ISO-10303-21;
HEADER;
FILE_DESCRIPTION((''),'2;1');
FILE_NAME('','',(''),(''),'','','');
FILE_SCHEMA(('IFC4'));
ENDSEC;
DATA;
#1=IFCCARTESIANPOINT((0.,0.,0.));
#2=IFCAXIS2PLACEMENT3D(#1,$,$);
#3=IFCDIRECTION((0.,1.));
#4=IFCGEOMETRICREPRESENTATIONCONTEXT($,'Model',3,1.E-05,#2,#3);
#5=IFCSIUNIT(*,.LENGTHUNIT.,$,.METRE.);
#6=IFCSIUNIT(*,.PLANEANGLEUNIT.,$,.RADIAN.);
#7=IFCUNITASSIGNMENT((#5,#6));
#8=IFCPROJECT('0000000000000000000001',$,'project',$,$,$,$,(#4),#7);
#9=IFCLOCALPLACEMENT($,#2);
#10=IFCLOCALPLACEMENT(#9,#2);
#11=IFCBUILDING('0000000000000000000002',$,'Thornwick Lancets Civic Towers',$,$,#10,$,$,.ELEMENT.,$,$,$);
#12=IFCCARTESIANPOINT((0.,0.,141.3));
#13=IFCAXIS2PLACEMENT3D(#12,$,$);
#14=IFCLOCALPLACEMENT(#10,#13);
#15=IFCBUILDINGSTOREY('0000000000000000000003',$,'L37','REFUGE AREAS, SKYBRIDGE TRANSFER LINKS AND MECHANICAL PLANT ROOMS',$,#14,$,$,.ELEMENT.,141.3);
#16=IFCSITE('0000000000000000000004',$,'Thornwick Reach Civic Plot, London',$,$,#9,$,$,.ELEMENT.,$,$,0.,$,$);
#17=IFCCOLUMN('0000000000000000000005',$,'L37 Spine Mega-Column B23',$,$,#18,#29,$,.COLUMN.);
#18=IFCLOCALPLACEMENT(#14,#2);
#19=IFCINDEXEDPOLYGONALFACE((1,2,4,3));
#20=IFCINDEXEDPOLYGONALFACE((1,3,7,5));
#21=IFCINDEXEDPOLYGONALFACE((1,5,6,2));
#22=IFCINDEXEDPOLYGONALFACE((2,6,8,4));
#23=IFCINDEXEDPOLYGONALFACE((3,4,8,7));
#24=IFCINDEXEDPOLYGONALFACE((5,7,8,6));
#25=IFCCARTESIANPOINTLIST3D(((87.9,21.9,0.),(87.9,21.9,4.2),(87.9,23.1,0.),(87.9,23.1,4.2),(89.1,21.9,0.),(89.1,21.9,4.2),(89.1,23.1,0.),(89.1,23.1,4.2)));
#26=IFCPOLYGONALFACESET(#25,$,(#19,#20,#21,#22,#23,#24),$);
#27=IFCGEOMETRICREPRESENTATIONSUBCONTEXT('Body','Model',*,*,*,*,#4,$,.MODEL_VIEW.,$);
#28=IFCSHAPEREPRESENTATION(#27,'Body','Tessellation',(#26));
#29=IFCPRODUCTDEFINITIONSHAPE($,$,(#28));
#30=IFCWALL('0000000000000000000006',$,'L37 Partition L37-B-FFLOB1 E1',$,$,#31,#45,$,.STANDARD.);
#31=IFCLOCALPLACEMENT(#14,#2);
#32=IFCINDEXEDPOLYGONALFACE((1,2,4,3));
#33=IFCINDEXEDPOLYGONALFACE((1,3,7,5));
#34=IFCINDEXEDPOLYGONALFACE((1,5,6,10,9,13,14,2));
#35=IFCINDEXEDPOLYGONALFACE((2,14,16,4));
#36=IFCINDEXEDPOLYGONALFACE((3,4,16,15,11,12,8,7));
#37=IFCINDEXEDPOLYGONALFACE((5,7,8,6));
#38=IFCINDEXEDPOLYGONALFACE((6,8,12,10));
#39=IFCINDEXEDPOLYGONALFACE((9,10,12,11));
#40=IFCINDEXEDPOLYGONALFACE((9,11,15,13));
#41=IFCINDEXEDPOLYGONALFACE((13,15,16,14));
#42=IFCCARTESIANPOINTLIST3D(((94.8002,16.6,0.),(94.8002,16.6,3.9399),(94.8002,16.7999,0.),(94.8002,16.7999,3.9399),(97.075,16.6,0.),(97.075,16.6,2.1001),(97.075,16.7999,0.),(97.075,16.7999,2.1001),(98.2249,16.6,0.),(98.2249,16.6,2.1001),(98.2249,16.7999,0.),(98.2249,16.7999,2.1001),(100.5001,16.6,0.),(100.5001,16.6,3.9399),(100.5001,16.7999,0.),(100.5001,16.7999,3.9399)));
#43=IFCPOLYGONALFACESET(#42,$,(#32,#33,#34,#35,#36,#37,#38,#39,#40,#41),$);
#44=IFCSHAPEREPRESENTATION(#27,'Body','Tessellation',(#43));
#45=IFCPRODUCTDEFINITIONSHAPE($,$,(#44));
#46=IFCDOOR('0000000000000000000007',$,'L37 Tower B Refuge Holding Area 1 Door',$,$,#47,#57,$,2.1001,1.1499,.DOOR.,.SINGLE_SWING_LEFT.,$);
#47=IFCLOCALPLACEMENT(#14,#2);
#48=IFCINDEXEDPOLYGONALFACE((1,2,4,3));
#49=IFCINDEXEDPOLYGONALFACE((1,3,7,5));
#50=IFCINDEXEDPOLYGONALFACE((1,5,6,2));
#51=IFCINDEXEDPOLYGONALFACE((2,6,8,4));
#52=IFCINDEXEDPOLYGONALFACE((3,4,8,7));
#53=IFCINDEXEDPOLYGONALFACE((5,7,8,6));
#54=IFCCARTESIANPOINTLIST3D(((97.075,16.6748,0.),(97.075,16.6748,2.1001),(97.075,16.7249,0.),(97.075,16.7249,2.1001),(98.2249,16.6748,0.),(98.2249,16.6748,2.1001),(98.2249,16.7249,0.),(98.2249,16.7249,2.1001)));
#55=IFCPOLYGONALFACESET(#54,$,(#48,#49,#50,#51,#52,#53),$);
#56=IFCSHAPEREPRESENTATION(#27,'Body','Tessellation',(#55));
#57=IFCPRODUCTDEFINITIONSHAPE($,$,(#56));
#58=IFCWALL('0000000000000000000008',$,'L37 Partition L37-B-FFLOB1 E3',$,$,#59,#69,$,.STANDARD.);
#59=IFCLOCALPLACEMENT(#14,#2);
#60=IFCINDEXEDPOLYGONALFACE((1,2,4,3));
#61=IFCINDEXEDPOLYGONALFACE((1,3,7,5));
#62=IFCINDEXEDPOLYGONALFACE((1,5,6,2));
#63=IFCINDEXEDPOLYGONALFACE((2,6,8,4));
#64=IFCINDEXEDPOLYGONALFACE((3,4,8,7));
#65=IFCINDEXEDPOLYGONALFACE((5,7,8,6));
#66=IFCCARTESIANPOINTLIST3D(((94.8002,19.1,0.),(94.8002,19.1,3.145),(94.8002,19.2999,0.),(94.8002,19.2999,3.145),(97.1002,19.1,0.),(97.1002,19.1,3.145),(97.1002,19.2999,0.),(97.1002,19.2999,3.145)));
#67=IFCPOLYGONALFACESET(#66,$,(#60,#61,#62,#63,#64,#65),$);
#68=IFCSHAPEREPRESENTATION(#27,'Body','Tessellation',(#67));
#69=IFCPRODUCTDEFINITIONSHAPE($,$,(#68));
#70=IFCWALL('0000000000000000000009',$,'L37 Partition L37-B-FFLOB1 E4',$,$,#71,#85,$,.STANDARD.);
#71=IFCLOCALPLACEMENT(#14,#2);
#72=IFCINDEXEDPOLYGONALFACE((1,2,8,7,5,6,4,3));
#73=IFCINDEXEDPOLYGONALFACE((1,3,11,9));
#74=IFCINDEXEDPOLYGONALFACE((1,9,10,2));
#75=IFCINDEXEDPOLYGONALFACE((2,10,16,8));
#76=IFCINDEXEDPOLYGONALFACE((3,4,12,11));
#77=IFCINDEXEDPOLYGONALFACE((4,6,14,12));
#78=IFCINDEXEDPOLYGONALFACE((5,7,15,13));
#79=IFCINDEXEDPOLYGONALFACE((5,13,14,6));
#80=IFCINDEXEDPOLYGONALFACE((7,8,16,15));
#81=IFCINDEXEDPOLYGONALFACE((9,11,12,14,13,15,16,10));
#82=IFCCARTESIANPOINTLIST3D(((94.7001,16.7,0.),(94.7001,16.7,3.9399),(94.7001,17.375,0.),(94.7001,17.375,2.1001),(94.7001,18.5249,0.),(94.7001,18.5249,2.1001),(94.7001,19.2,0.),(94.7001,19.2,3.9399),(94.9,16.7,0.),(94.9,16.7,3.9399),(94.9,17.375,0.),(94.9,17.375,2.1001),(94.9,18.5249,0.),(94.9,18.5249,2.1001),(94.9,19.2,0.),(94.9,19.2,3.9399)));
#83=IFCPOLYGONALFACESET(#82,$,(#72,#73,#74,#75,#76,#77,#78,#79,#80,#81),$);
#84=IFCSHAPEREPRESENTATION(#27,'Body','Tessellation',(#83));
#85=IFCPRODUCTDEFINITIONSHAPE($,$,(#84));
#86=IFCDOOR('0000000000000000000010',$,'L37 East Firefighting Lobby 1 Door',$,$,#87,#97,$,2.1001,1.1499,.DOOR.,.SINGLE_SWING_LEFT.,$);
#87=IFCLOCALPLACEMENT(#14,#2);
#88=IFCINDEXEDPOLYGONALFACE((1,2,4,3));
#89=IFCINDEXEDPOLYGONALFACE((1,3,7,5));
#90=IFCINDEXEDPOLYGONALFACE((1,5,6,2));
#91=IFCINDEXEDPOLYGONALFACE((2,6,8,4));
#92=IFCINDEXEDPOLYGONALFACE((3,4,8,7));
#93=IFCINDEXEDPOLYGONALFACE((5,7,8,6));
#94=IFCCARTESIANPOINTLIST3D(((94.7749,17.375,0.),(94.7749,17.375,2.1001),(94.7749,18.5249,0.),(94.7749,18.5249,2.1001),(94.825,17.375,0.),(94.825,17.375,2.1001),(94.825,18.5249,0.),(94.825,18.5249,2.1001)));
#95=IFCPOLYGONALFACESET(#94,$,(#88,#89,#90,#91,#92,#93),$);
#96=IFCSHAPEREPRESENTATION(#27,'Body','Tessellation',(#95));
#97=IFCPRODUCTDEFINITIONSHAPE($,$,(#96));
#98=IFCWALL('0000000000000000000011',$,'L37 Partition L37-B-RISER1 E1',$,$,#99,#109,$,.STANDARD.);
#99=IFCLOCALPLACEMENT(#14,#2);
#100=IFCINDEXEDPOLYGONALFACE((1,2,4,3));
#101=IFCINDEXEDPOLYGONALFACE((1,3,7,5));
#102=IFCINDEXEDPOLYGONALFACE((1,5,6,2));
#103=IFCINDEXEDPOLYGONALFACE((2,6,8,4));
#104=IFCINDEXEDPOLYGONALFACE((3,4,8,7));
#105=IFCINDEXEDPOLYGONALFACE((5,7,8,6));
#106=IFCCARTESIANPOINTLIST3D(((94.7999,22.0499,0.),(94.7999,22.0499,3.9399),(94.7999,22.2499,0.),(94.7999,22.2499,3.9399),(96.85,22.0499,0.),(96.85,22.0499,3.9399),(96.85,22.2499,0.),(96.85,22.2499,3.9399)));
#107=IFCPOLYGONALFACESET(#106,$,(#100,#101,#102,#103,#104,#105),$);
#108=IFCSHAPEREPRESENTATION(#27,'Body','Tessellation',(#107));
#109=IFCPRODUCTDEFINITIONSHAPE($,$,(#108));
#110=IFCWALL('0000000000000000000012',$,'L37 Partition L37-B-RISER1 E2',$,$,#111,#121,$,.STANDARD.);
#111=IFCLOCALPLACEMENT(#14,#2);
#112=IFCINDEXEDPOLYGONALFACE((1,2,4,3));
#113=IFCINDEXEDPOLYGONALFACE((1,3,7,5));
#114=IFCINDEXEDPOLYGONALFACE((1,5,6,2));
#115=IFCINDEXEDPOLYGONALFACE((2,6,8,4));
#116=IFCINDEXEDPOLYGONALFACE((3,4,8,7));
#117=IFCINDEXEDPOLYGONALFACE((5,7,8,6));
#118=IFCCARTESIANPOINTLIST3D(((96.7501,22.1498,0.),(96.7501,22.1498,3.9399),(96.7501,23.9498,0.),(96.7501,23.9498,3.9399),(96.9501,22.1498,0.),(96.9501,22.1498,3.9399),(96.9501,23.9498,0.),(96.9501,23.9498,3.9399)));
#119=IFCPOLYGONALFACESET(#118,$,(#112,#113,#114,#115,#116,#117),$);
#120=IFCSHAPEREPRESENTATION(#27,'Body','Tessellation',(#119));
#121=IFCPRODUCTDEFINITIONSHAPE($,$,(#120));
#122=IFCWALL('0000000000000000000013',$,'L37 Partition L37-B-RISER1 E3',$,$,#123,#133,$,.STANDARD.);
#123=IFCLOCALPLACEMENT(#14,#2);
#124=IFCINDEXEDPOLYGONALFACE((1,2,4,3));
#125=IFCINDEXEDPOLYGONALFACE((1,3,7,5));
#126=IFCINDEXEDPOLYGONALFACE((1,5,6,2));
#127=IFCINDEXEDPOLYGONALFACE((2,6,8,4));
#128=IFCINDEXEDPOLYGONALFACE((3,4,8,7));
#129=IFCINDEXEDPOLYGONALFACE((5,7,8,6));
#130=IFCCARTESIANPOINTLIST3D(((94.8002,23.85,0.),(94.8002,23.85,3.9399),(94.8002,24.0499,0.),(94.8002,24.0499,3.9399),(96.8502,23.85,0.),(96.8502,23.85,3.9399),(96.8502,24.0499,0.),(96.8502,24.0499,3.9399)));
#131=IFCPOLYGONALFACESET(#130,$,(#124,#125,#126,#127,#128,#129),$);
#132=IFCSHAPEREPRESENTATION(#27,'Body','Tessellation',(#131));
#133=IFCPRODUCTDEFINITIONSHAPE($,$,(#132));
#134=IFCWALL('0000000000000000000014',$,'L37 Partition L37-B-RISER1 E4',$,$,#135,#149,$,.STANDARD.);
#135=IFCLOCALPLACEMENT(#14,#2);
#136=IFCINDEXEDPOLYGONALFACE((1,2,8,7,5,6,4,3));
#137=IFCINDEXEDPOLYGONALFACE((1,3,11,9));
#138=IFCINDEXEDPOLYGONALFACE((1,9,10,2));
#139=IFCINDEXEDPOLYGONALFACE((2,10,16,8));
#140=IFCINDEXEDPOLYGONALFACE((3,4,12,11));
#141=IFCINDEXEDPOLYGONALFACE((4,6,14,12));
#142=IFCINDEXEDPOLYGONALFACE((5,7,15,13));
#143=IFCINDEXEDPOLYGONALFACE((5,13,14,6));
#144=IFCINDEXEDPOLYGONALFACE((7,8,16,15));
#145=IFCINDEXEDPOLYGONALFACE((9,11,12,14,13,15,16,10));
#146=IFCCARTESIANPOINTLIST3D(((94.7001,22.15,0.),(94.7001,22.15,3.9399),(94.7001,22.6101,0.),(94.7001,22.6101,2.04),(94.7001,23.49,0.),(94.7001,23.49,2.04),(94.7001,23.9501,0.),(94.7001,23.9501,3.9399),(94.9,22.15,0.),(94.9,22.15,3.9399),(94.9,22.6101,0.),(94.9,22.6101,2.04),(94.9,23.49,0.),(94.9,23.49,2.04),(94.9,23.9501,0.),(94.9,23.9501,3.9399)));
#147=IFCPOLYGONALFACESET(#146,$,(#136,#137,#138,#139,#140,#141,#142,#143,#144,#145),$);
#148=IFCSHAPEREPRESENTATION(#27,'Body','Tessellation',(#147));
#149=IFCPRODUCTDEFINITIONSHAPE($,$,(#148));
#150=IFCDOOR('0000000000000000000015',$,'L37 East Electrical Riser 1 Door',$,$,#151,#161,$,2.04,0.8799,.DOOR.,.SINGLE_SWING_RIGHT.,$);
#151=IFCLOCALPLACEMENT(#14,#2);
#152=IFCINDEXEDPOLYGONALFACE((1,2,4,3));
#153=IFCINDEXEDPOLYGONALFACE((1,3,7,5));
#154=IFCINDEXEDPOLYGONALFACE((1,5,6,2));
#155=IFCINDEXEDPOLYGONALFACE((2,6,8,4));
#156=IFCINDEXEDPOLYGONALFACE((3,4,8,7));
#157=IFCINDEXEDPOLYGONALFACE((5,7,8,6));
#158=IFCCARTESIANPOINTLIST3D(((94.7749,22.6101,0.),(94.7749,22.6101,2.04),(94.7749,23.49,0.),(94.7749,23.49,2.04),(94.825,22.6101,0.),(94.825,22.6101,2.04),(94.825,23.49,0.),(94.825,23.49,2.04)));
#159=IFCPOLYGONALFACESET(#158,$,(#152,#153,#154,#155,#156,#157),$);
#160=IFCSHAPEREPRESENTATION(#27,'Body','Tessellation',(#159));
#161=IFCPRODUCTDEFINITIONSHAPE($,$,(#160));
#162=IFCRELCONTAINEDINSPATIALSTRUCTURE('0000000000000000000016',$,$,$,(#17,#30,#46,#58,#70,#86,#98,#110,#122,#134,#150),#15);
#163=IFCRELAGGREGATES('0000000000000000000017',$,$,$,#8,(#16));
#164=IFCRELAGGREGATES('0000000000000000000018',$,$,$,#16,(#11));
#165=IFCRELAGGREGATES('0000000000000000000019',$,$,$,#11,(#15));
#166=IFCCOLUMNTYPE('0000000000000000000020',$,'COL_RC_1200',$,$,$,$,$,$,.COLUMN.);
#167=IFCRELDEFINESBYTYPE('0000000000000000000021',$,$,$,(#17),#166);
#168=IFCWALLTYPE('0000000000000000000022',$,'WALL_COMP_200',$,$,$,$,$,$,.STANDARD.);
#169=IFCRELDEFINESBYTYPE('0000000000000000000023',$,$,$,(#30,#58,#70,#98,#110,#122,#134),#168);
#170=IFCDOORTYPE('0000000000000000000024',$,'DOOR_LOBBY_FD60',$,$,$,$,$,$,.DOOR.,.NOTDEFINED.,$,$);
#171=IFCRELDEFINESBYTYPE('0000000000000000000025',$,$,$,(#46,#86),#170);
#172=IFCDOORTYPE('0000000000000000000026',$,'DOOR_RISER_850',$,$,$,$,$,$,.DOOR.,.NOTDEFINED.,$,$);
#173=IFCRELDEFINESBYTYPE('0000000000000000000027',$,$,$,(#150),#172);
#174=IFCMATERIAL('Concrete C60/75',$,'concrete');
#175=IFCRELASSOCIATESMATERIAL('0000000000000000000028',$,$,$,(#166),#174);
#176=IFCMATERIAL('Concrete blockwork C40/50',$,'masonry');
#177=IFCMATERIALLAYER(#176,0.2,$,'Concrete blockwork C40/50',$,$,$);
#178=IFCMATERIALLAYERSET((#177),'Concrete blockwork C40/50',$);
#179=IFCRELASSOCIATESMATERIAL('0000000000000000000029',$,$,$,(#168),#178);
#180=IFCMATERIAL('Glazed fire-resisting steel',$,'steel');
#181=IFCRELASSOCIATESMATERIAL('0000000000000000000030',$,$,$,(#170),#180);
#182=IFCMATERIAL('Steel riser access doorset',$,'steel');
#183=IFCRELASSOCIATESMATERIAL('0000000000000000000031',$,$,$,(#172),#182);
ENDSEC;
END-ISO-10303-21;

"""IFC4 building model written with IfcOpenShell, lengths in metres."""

from ifc_helpers import new_model, si_unit, direction, frame, frame_2d, origin, origin_2d, place, context, subcontext, project, spatial, rectangle, extrude, material, layer, layer_set, material_profile, profile_set, type_object, element, fill, save


model = new_model("IFC4")

# Units and contexts
model_context = context("Model", 3, precision=1e-05, world=origin(), true_north=direction((0.0, 1.0)))
body_context = subcontext(model_context, "Body", "Model", "MODEL_VIEW")
ifc_project = project(units=[si_unit("LENGTHUNIT", "METRE"), si_unit("PLANEANGLEUNIT", "RADIAN")], contexts=[model_context])

# Site, building, storey
site_placement = place(None, origin())
site = spatial("IfcSite", under=ifc_project, at=site_placement, Name="Thornwick Reach Civic Plot, London", CompositionType="ELEMENT", RefElevation=0.0)
building_placement = place(site_placement, origin())
building = spatial("IfcBuilding", under=site, at=building_placement, Name="Thornwick Lancets Civic Towers", CompositionType="ELEMENT")
storey_placement = place(building_placement, frame((0.0, 0.0, 141.3)))
storey = spatial("IfcBuildingStorey", under=building, at=storey_placement, Name="L37", Description="REFUGE AREAS, SKYBRIDGE TRANSFER LINKS AND MECHANICAL PLANT ROOMS", CompositionType="ELEMENT", Elevation=141.3)

# Column
ifc_material_1 = material(Name="Concrete C60/75", Category="concrete")
ifc_material_profile = material_profile(ifc_material_1, rectangle(XDim=1.2, YDim=1.2, at=origin_2d()), Name="RC 1200x1200")
ifc_profile_set = profile_set([ifc_material_profile], Name="Concrete C60/75")
column_type = type_object("IfcColumnType", Name="COL_RC_1200", PredefinedType="COLUMN", material=ifc_profile_set)
column_placement = place(storey_placement, frame((88.5, 22.5, 0.0), z_axis=(0.0, 0.0, 1.0), x_axis=(1.0, 0.0, 0.0)))
element("IfcColumn", 1, at=column_placement, inside=storey, type_object=column_type, Name="L37 Spine Mega-Column B23", PredefinedType="COLUMN", context=body_context, shape_type="SweptSolid", body=[
    extrude(rectangle(XDim=1.2, YDim=1.2, at=origin_2d()), origin(), (0.0, 0.0, 1.0), 4.2),
])

# Wall, opening, door
ifc_material_2 = material(Name="Concrete blockwork C40/50", Category="masonry")
ifc_layer_1 = layer(ifc_material_2, 0.2, Name="Concrete blockwork C40/50")
ifc_layer_set_1 = layer_set([ifc_layer_1], Name="Concrete blockwork C40/50")
wall_type_1 = type_object("IfcWallType", Name="WALL_COMP_200", PredefinedType="STANDARD", material=ifc_layer_set_1)
wall_1_placement = place(storey_placement, frame((94.8, 16.7, 0.0), z_axis=(0.0, 0.0, 1.0), x_axis=(1.0, 0.0, 0.0)))
wall_1 = element("IfcWall", 2, at=wall_1_placement, inside=storey, type_object=wall_type_1, Name="L37 Partition L37-B-FFLOB1 E1", PredefinedType="STANDARD", context=body_context, shape_type="SweptSolid", body=[
    extrude(rectangle(XDim=5.7, YDim=0.2, at=frame_2d((2.8501, 0.0))), origin(), (0.0, 0.0, 1.0), 3.9399),
])
opening_1_placement = place(wall_1_placement, frame((2.2749, 0.0, 0.0)))
opening_1 = element("IfcOpeningElement", 3, at=opening_1_placement, cuts=wall_1, PredefinedType="OPENING", context=body_context, shape_type="SweptSolid", body=[
    extrude(rectangle(XDim=1.1499, YDim=2.1001, at=frame_2d((0.575, 1.05))), frame((0.0, 0.1099, 0.0), z_axis=(0.0, -1.0, 0.0), x_axis=(1.0, 0.0, 0.0)), (0.0, 0.0, 1.0), 0.22),
])
ifc_material_3 = material(Name="Glazed fire-resisting steel", Category="steel")
door_type_1 = type_object("IfcDoorType", Name="DOOR_LOBBY_FD60", OperationType="NOTDEFINED", PredefinedType="DOOR", material=ifc_material_3)
door_1_placement = place(opening_1_placement, origin())
door_1 = element("IfcDoor", 4, at=door_1_placement, inside=storey, type_object=door_type_1, Name="L37 Tower B Refuge Holding Area 1 Door", OperationType="SINGLE_SWING_LEFT", OverallHeight=2.1001, OverallWidth=1.1499, PredefinedType="DOOR", context=body_context, shape_type="SweptSolid", body=[
    extrude(rectangle(XDim=1.1499, YDim=2.1001, at=frame_2d((0.575, 1.05))), frame((0.0, 0.0249, 0.0), z_axis=(0.0, -1.0, 0.0), x_axis=(1.0, 0.0, 0.0)), (0.0, 0.0, 1.0), 0.05),
])
fill(opening_1, door_1)

# Wall
wall_2_placement = place(storey_placement, frame((97.1001, 19.2, 0.0), z_axis=(0.0, 0.0, 1.0), x_axis=(-1.0, 0.0, 0.0)))
element("IfcWall", 5, at=wall_2_placement, inside=storey, type_object=wall_type_1, Name="L37 Partition L37-B-FFLOB1 E3", PredefinedType="STANDARD", context=body_context, shape_type="SweptSolid", body=[
    extrude(rectangle(XDim=2.3, YDim=0.2, at=frame_2d((1.1499, 0.0))), origin(), (0.0, 0.0, 1.0), 3.145),
])

# Wall, opening, door
wall_3_placement = place(storey_placement, frame((94.8, 19.2, 0.0), z_axis=(0.0, 0.0, 1.0), x_axis=(0.0, -1.0, 0.0)))
wall_3 = element("IfcWall", 6, at=wall_3_placement, inside=storey, type_object=wall_type_1, Name="L37 Partition L37-B-FFLOB1 E4", PredefinedType="STANDARD", context=body_context, shape_type="SweptSolid", body=[
    extrude(rectangle(XDim=2.5, YDim=0.2, at=frame_2d((1.25, 0.0))), origin(), (0.0, 0.0, 1.0), 3.9399),
])
opening_2_placement = place(wall_3_placement, frame((0.675, 0.0, 0.0)))
opening_2 = element("IfcOpeningElement", 7, at=opening_2_placement, cuts=wall_3, PredefinedType="OPENING", context=body_context, shape_type="SweptSolid", body=[
    extrude(rectangle(XDim=1.1499, YDim=2.1001, at=frame_2d((0.575, 1.05))), frame((0.0, 0.1099, 0.0), z_axis=(0.0, -1.0, 0.0), x_axis=(1.0, 0.0, 0.0)), (0.0, 0.0, 1.0), 0.22),
])
door_2_placement = place(opening_2_placement, origin())
door_2 = element("IfcDoor", 8, at=door_2_placement, inside=storey, type_object=door_type_1, Name="L37 East Firefighting Lobby 1 Door", OperationType="SINGLE_SWING_LEFT", OverallHeight=2.1001, OverallWidth=1.1499, PredefinedType="DOOR", context=body_context, shape_type="SweptSolid", body=[
    extrude(rectangle(XDim=1.1499, YDim=2.1001, at=frame_2d((0.575, 1.05))), frame((0.0, 0.0249, 0.0), z_axis=(0.0, -1.0, 0.0), x_axis=(1.0, 0.0, 0.0)), (0.0, 0.0, 1.0), 0.05),
])
fill(opening_2, door_2)

# Walls
wall_4_placement = place(storey_placement, frame((94.8, 22.1499, 0.0), z_axis=(0.0, 0.0, 1.0), x_axis=(1.0, 0.0, 0.0)))
element("IfcWall", 9, at=wall_4_placement, inside=storey, type_object=wall_type_1, Name="L37 Partition L37-B-RISER1 E1", PredefinedType="STANDARD", context=body_context, shape_type="SweptSolid", body=[
    extrude(rectangle(XDim=2.05, YDim=0.2, at=frame_2d((1.0249, 0.0))), origin(), (0.0, 0.0, 1.0), 3.9399),
])
wall_5_placement = place(storey_placement, frame((96.8501, 22.1499, 0.0), z_axis=(0.0, 0.0, 1.0), x_axis=(0.0, 1.0, 0.0)))
element("IfcWall", 10, at=wall_5_placement, inside=storey, type_object=wall_type_1, Name="L37 Partition L37-B-RISER1 E2", PredefinedType="STANDARD", context=body_context, shape_type="SweptSolid", body=[
    extrude(rectangle(XDim=1.8, YDim=0.2, at=frame_2d((0.8999, 0.0))), origin(), (0.0, 0.0, 1.0), 3.9399),
])
wall_6_placement = place(storey_placement, frame((96.8501, 23.95, 0.0), z_axis=(0.0, 0.0, 1.0), x_axis=(-1.0, 0.0, 0.0)))
element("IfcWall", 11, at=wall_6_placement, inside=storey, type_object=wall_type_1, Name="L37 Partition L37-B-RISER1 E3", PredefinedType="STANDARD", context=body_context, shape_type="SweptSolid", body=[
    extrude(rectangle(XDim=2.05, YDim=0.2, at=frame_2d((1.0249, 0.0))), origin(), (0.0, 0.0, 1.0), 3.9399),
])

# Wall, opening, door
wall_7_placement = place(storey_placement, frame((94.8, 23.95, 0.0), z_axis=(0.0, 0.0, 1.0), x_axis=(0.0, -1.0, 0.0)))
wall_7 = element("IfcWall", 12, at=wall_7_placement, inside=storey, type_object=wall_type_1, Name="L37 Partition L37-B-RISER1 E4", PredefinedType="STANDARD", context=body_context, shape_type="SweptSolid", body=[
    extrude(rectangle(XDim=1.8, YDim=0.2, at=frame_2d((0.8999, 0.0))), origin(), (0.0, 0.0, 1.0), 3.9399),
])
opening_3_placement = place(wall_7_placement, frame((0.46, 0.0, 0.0)))
opening_3 = element("IfcOpeningElement", 13, at=opening_3_placement, cuts=wall_7, PredefinedType="OPENING", context=body_context, shape_type="SweptSolid", body=[
    extrude(rectangle(XDim=0.8799, YDim=2.04, at=frame_2d((0.4399, 1.02))), frame((0.0, 0.1099, 0.0), z_axis=(0.0, -1.0, 0.0), x_axis=(1.0, 0.0, 0.0)), (0.0, 0.0, 1.0), 0.22),
])
ifc_material_4 = material(Name="Steel riser access doorset", Category="steel")
door_type_2 = type_object("IfcDoorType", Name="DOOR_RISER_850", OperationType="NOTDEFINED", PredefinedType="DOOR", material=ifc_material_4)
door_3_placement = place(opening_3_placement, origin())
door_3 = element("IfcDoor", 14, at=door_3_placement, inside=storey, type_object=door_type_2, Name="L37 East Electrical Riser 1 Door", OperationType="SINGLE_SWING_RIGHT", OverallHeight=2.04, OverallWidth=0.8799, PredefinedType="DOOR", context=body_context, shape_type="SweptSolid", body=[
    extrude(rectangle(XDim=0.8799, YDim=2.04, at=frame_2d((0.4399, 1.02))), frame((0.0, 0.0249, 0.0), z_axis=(0.0, -1.0, 0.0), x_axis=(1.0, 0.0, 0.0)), (0.0, 0.0, 1.0), 0.05),
])
fill(opening_3, door_3)

save(model, "model.ifc")
